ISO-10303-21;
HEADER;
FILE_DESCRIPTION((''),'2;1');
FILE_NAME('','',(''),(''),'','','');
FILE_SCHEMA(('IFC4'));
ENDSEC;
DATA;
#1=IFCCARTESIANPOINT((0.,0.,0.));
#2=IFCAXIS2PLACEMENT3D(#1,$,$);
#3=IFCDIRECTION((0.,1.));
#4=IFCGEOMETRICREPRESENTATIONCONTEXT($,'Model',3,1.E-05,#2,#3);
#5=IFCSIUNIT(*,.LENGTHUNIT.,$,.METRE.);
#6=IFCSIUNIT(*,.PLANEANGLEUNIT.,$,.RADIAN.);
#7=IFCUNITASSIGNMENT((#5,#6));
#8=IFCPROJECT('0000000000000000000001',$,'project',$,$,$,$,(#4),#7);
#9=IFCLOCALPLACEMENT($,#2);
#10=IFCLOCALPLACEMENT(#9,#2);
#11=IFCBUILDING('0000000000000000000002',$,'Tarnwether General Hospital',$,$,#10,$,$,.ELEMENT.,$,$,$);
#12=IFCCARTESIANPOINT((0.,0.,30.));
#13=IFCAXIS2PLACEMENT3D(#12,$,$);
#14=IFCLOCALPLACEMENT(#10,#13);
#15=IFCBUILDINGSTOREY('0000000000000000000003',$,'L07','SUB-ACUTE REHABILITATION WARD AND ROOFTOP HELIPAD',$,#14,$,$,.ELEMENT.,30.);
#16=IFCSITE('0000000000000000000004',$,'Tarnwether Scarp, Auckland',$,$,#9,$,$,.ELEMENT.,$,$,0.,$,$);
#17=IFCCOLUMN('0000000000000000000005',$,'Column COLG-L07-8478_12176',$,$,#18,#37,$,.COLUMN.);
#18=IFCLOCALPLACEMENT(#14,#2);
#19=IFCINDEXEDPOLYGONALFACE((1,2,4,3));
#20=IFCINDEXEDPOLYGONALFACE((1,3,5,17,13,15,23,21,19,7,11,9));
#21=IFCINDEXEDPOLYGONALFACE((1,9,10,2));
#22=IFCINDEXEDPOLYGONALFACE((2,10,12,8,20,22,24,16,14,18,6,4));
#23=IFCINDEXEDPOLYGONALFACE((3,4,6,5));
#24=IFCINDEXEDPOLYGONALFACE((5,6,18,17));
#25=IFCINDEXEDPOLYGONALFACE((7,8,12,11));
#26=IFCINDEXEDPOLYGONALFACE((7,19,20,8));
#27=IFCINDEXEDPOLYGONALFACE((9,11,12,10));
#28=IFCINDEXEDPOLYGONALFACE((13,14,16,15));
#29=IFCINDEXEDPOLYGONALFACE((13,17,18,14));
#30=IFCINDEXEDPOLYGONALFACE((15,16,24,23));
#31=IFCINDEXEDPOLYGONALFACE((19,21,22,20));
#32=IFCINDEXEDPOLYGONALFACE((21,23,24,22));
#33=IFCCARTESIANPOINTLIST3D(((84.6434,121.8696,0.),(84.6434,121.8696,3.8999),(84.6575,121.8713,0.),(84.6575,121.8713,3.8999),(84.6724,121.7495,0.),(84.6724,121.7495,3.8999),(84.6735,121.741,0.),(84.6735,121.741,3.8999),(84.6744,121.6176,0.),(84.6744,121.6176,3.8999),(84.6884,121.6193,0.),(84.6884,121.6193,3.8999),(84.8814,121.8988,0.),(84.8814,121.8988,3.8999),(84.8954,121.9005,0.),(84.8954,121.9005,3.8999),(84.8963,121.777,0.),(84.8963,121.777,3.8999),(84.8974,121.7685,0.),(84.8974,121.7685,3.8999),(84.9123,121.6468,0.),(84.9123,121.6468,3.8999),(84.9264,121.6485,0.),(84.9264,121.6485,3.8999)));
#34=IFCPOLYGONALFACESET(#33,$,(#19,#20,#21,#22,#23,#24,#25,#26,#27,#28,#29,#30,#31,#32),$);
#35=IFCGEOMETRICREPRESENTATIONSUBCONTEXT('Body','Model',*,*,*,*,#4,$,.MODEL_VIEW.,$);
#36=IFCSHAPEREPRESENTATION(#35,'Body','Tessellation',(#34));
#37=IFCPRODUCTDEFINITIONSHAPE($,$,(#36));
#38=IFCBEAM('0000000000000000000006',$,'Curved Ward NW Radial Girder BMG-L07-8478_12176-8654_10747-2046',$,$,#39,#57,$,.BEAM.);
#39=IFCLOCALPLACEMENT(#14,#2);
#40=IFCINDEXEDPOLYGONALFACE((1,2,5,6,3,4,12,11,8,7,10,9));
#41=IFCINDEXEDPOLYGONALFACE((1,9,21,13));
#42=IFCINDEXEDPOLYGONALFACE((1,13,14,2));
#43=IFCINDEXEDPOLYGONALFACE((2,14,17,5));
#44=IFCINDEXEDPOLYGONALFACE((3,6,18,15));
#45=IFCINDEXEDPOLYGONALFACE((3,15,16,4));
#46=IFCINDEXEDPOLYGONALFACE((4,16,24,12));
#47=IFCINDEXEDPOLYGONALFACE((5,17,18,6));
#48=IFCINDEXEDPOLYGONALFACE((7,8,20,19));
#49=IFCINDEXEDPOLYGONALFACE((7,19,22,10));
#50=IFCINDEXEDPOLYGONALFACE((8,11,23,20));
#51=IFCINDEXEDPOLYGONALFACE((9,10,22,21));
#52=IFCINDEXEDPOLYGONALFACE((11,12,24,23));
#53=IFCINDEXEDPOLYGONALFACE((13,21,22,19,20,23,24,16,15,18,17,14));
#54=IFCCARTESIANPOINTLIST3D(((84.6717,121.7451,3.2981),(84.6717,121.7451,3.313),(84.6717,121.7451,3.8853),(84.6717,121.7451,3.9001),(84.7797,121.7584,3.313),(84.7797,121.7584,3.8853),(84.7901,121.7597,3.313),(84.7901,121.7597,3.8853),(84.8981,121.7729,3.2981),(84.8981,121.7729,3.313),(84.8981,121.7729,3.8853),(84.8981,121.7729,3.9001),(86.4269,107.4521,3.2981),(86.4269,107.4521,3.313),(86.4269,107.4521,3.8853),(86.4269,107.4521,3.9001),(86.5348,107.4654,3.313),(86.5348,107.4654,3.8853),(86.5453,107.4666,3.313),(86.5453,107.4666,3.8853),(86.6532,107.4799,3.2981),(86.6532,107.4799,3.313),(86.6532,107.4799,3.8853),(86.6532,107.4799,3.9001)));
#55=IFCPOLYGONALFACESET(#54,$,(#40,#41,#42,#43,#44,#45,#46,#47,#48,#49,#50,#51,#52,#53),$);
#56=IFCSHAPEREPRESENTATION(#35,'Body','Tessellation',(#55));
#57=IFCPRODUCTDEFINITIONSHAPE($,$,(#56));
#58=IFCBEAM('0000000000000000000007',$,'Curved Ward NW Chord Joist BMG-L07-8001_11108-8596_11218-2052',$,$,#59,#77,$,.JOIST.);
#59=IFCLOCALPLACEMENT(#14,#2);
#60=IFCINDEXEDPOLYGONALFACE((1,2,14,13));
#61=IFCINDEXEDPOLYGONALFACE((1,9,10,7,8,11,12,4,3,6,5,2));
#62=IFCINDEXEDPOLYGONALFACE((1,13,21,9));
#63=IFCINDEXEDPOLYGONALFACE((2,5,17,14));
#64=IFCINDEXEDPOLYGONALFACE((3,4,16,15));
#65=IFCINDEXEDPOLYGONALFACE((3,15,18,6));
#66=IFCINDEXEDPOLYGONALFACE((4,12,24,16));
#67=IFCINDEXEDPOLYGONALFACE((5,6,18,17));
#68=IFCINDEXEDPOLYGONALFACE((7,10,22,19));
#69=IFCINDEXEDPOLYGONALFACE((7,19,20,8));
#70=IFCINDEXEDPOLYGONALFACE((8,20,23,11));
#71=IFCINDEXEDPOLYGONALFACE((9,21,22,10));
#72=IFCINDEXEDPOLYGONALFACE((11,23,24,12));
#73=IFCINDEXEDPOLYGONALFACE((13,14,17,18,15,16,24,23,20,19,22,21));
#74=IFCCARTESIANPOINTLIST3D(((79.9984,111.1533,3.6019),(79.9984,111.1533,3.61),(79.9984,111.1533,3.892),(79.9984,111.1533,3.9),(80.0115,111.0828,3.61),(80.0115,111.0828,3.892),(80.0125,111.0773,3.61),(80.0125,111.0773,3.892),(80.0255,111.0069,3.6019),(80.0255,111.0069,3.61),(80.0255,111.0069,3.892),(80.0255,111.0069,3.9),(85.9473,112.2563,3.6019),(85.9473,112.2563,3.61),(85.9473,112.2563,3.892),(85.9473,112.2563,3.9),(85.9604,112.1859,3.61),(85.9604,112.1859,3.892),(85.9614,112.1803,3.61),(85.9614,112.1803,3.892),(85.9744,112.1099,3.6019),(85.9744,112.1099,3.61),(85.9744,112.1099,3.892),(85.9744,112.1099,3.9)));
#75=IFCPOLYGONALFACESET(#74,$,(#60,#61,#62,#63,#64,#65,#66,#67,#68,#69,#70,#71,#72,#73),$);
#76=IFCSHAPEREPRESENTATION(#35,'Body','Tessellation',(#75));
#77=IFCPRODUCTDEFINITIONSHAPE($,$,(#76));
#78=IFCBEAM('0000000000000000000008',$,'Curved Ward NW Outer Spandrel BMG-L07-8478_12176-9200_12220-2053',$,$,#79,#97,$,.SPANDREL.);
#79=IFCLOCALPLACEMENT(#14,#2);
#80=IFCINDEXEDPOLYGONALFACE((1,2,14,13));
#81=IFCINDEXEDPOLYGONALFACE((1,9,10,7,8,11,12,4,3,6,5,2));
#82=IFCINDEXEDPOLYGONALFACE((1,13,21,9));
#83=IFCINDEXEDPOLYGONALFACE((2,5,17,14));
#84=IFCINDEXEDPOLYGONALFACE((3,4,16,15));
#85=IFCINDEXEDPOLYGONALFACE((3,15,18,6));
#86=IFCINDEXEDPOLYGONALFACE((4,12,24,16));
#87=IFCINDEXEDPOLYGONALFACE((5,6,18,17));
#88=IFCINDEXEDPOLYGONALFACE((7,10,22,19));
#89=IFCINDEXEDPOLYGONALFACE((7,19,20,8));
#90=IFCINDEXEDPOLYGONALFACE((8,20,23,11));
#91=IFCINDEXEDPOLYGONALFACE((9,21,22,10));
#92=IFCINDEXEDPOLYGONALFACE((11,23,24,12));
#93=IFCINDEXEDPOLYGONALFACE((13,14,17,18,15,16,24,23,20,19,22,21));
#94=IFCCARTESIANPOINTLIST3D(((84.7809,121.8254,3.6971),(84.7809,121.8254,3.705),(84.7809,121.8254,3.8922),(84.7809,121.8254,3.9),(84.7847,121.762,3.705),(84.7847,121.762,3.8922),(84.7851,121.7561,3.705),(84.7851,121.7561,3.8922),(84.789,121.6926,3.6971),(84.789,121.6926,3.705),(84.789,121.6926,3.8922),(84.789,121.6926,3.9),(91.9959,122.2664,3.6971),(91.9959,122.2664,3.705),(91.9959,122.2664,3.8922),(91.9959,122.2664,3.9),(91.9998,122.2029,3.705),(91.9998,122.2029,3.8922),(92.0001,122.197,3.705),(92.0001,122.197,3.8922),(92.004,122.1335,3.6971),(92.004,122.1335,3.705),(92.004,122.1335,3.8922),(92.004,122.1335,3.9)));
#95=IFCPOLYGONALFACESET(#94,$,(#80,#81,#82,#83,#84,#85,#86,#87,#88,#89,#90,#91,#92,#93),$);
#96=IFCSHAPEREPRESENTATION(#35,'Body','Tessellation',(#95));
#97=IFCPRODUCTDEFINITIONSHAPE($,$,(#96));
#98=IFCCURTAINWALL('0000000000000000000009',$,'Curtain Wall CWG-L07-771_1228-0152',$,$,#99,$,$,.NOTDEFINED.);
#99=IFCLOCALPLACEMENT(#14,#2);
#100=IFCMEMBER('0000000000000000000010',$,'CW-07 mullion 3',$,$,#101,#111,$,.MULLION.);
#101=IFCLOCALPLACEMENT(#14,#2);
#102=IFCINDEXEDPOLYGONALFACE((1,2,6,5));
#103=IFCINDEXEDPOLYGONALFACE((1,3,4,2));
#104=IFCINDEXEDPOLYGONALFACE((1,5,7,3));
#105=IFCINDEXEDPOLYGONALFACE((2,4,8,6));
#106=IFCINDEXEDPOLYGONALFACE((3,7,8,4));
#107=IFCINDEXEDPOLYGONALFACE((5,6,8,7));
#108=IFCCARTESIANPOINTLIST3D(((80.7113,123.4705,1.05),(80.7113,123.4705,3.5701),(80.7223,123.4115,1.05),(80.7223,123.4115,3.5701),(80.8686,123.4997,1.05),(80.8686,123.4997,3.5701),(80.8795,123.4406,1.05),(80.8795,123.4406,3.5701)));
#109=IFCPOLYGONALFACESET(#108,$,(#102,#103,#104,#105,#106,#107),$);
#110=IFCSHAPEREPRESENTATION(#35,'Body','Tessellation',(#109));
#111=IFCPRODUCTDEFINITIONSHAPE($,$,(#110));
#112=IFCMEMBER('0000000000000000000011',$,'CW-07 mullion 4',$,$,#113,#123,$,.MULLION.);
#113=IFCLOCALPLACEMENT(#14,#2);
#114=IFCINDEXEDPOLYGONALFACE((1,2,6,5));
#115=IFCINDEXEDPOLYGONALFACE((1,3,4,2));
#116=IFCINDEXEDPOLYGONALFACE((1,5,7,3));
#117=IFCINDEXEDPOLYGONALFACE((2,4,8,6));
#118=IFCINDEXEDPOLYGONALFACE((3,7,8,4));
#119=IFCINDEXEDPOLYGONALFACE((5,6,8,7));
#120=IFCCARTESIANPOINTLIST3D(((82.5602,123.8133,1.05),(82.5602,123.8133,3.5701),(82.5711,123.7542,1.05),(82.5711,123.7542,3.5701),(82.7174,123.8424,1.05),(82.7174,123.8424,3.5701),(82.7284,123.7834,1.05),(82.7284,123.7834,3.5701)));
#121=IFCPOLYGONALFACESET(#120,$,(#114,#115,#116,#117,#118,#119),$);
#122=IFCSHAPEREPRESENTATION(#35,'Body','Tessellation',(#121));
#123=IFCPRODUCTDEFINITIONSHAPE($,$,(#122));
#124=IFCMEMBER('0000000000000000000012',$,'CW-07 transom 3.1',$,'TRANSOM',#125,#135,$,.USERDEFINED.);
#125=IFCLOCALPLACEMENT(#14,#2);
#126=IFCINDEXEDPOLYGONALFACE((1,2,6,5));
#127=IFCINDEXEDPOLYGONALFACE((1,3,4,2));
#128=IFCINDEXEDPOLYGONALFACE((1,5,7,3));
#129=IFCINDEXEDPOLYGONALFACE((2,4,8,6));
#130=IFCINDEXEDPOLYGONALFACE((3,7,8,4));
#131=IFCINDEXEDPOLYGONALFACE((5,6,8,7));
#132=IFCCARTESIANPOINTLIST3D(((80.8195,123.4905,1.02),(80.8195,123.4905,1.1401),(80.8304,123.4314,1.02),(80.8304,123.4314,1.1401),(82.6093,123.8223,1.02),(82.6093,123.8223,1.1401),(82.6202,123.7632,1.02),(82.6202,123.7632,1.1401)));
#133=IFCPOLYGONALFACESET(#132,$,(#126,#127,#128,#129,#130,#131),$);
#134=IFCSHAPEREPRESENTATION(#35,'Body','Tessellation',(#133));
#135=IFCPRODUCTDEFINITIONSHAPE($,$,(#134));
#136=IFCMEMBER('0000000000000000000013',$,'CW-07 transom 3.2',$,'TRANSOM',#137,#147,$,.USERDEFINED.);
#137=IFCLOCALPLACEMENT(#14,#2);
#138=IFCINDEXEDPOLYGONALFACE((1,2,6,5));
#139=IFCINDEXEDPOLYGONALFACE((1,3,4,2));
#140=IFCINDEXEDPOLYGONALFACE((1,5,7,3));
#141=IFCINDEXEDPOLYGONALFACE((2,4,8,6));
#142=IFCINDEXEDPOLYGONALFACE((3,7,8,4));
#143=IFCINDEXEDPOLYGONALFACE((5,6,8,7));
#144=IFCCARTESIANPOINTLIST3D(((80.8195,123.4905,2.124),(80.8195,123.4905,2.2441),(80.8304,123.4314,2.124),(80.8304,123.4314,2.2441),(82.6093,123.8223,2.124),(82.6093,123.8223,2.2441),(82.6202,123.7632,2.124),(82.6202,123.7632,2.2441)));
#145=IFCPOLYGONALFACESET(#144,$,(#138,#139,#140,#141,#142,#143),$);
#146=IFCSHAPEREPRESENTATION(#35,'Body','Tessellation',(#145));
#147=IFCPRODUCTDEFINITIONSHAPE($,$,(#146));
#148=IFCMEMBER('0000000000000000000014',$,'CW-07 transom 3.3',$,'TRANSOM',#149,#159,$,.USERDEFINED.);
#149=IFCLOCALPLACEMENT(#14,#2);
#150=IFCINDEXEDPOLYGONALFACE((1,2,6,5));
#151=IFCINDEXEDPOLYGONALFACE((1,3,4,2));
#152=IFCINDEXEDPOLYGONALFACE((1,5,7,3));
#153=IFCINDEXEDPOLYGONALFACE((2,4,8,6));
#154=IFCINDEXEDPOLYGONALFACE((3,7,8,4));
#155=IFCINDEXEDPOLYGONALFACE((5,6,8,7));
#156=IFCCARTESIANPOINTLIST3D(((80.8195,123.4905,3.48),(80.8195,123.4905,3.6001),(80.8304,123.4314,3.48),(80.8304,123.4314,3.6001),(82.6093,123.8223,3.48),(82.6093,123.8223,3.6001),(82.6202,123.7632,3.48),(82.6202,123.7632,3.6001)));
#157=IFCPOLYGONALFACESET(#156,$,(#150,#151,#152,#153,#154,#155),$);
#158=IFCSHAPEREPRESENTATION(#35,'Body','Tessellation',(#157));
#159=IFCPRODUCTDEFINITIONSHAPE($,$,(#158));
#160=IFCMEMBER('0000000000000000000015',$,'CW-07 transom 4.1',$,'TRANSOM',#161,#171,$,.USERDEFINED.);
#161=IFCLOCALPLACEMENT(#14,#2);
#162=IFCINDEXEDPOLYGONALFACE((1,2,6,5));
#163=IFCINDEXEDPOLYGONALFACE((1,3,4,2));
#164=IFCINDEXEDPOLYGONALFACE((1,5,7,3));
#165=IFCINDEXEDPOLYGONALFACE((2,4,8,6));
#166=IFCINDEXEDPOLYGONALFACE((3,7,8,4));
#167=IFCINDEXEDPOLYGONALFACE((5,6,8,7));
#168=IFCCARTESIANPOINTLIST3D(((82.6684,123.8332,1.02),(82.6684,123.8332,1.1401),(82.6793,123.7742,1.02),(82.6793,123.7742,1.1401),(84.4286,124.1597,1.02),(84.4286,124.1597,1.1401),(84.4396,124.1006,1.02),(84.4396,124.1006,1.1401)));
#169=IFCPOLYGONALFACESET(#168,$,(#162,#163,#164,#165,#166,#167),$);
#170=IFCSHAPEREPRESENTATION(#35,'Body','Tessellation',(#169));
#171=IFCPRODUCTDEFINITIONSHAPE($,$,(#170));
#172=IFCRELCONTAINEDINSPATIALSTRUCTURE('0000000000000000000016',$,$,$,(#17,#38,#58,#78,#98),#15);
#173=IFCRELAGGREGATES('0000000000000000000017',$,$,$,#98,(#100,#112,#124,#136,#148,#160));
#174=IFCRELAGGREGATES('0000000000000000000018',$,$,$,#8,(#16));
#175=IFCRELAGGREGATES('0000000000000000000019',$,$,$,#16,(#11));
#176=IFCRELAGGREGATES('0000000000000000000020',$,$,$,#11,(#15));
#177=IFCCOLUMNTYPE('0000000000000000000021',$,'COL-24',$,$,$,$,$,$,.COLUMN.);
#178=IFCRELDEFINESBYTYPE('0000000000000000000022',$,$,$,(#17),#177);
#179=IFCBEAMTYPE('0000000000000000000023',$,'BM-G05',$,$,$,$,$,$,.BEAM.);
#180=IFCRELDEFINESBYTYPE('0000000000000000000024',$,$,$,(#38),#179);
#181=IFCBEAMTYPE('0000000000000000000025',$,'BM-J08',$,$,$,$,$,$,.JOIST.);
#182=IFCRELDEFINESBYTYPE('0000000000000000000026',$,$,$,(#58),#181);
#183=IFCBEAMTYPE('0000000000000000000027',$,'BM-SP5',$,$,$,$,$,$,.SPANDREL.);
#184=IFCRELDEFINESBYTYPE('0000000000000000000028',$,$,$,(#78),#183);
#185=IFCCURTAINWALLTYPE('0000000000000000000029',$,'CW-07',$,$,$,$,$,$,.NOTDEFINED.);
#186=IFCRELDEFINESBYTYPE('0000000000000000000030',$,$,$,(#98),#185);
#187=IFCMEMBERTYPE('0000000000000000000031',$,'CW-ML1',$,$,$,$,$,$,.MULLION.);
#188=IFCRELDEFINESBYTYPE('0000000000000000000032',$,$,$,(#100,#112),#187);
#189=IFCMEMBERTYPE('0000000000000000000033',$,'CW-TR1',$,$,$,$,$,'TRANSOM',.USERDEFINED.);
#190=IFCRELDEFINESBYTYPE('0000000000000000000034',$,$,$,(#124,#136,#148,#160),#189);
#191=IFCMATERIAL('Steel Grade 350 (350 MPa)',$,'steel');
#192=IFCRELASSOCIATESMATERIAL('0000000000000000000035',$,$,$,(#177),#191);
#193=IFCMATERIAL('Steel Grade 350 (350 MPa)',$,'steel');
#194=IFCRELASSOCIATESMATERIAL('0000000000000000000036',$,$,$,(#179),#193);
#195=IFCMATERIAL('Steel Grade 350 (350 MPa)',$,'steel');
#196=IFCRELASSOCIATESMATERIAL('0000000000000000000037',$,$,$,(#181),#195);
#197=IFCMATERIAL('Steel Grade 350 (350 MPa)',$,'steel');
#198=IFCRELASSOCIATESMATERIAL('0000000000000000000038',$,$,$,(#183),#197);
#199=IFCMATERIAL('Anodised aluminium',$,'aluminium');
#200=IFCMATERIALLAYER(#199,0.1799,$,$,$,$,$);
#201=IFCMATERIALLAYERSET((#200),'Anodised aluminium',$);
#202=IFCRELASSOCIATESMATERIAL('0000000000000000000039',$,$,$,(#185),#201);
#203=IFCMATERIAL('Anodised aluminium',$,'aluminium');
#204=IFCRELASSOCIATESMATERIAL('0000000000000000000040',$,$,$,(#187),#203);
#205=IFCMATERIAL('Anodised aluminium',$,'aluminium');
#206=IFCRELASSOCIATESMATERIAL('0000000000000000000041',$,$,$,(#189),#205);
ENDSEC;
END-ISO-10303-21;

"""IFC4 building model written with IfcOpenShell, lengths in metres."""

from ifc_helpers import new_model, si_unit, direction, frame, origin, origin_2d, place, context, subcontext, project, spatial, rectangle, i_section, extrude, material, layer, layer_set, material_profile, profile_set, type_object, element, aggregate, save


model = new_model("IFC4")

# Units and contexts
model_context = context("Model", 3, precision=1e-05, world=origin(), true_north=direction((0.0, 1.0)))
body_context = subcontext(model_context, "Body", "Model", "MODEL_VIEW")
ifc_project = project(units=[si_unit("LENGTHUNIT", "METRE"), si_unit("PLANEANGLEUNIT", "RADIAN")], contexts=[model_context])

# Site, building, storey
site_placement = place(None, origin())
site = spatial("IfcSite", under=ifc_project, at=site_placement, Name="Tarnwether Scarp, Auckland", CompositionType="ELEMENT", RefElevation=0.0)
building_placement = place(site_placement, origin())
building = spatial("IfcBuilding", under=site, at=building_placement, Name="Tarnwether General Hospital", CompositionType="ELEMENT")
storey_placement = place(building_placement, frame((0.0, 0.0, 30.0)))
storey = spatial("IfcBuildingStorey", under=building, at=storey_placement, Name="L07", Description="SUB-ACUTE REHABILITATION WARD AND ROOFTOP HELIPAD", CompositionType="ELEMENT", Elevation=30.0)

# Column
ifc_material_1 = material(Name="Steel Grade 350 (350 MPa)", Category="steel")
ifc_material_profile_1 = material_profile(ifc_material_1, i_section(OverallWidth=0.2539, OverallDepth=0.2539, WebThickness=0.0085, FlangeThickness=0.0142, at=origin_2d()), Name="250UC72.9")
ifc_profile_set_1 = profile_set([ifc_material_profile_1], Name="Steel Grade 350 (350 MPa)")
column_type = type_object("IfcColumnType", Name="COL-24", PredefinedType="COLUMN", material=ifc_profile_set_1)
column_placement = place(storey_placement, frame((84.7849, 121.759, 0.0), z_axis=(0.0, 0.0, 1.0), x_axis=(-0.121869, 0.992546, 0.0)))
element("IfcColumn", 1, at=column_placement, inside=storey, type_object=column_type, Name="Column COLG-L07-8478_12176", PredefinedType="COLUMN", context=body_context, shape_type="SweptSolid", body=[
    extrude(i_section(OverallWidth=0.2539, OverallDepth=0.2539, WebThickness=0.0085, FlangeThickness=0.0142, at=origin_2d()), origin(), (0.0, 0.0, 1.0), 3.8999),
])

# Beams
ifc_material_2 = material(Name="Steel Grade 350 (350 MPa)", Category="steel")
ifc_material_profile_2 = material_profile(ifc_material_2, i_section(OverallWidth=0.228, OverallDepth=0.6021, WebThickness=0.0105, FlangeThickness=0.0149, at=origin_2d()), Name="610UB101")
ifc_profile_set_2 = profile_set([ifc_material_profile_2], Name="Steel Grade 350 (350 MPa)")
beam_type_1 = type_object("IfcBeamType", Name="BM-G05", PredefinedType="BEAM", material=ifc_profile_set_2)
beam_1_placement = place(storey_placement, frame((84.7849, 121.759, 3.5991), z_axis=(0.121881, -0.992545, 0.0), x_axis=(0.992545, 0.121881, 0.0)))
element("IfcBeam", 2, at=beam_1_placement, inside=storey, type_object=beam_type_1, Name="Curved Ward NW Radial Girder BMG-L07-8478_12176-8654_10747-2046", PredefinedType="BEAM", context=body_context, shape_type="SweptSolid", body=[
    extrude(i_section(OverallWidth=0.228, OverallDepth=0.6021, WebThickness=0.0105, FlangeThickness=0.0149, at=origin_2d()), origin(), (0.0, 0.0, 1.0), 14.4004),
])
ifc_material_3 = material(Name="Steel Grade 350 (350 MPa)", Category="steel")
ifc_material_profile_3 = material_profile(ifc_material_3, i_section(OverallWidth=0.1489, OverallDepth=0.2981, WebThickness=0.0056, FlangeThickness=0.0081, at=origin_2d()), Name="310UB32.0")
ifc_profile_set_3 = profile_set([ifc_material_profile_3], Name="Steel Grade 350 (350 MPa)")
beam_type_2 = type_object("IfcBeamType", Name="BM-J08", PredefinedType="JOIST", material=ifc_profile_set_3)
beam_2_placement = place(storey_placement, frame((80.012, 111.0801, 3.751), z_axis=(0.983242, 0.182307, 0.0), x_axis=(-0.182307, 0.983242, 0.0)))
element("IfcBeam", 3, at=beam_2_placement, inside=storey, type_object=beam_type_2, Name="Curved Ward NW Chord Joist BMG-L07-8001_11108-8596_11218-2052", PredefinedType="JOIST", context=body_context, shape_type="SweptSolid", body=[
    extrude(i_section(OverallWidth=0.1489, OverallDepth=0.2981, WebThickness=0.0056, FlangeThickness=0.0081, at=origin_2d()), origin(), (0.0, 0.0, 1.0), 6.0503),
])
ifc_material_4 = material(Name="Steel Grade 350 (350 MPa)", Category="steel")
ifc_material_profile_4 = material_profile(ifc_material_4, i_section(OverallWidth=0.1331, OverallDepth=0.2029, WebThickness=0.0059, FlangeThickness=0.0078, at=origin_2d()), Name="200UB25.4")
ifc_profile_set_4 = profile_set([ifc_material_profile_4], Name="Steel Grade 350 (350 MPa)")
beam_type_3 = type_object("IfcBeamType", Name="BM-SP5", PredefinedType="SPANDREL", material=ifc_profile_set_4)
beam_3_placement = place(storey_placement, frame((84.7849, 121.759, 3.7986), z_axis=(0.998138, 0.060997, 0.0), x_axis=(-0.060997, 0.998138, 0.0)))
element("IfcBeam", 4, at=beam_3_placement, inside=storey, type_object=beam_type_3, Name="Curved Ward NW Outer Spandrel BMG-L07-8478_12176-9200_12220-2053", PredefinedType="SPANDREL", context=body_context, shape_type="SweptSolid", body=[
    extrude(i_section(OverallWidth=0.1331, OverallDepth=0.2029, WebThickness=0.0059, FlangeThickness=0.0078, at=origin_2d()), origin(), (0.0, 0.0, 1.0), 7.2285),
])

# Curtain wall, members
ifc_material_5 = material(Name="Anodised aluminium", Category="aluminium")
ifc_layer_1 = layer(ifc_material_5, 0.1799)
ifc_layer_set_1 = layer_set([ifc_layer_1], Name="Anodised aluminium")
curtain_wall_type = type_object("IfcCurtainWallType", Name="CW-07", PredefinedType="NOTDEFINED", material=ifc_layer_set_1)
curtain_wall_placement = place(storey_placement, origin())
curtain_wall = element("IfcCurtainWall", 5, at=curtain_wall_placement, inside=storey, type_object=curtain_wall_type, Name="Curtain Wall CWG-L07-771_1228-0152", PredefinedType="NOTDEFINED")
ifc_material_6 = material(Name="Anodised aluminium", Category="aluminium")
ifc_material_profile_5 = material_profile(ifc_material_6, rectangle(XDim=0.0601, YDim=0.1599, at=origin_2d()), Name="ALU-MUL-60x160")
ifc_profile_set_5 = profile_set([ifc_material_profile_5], Name="Anodised aluminium")
member_type_1 = type_object("IfcMemberType", Name="CW-ML1", PredefinedType="MULLION", material=ifc_profile_set_5)
member_1_placement = place(storey_placement, frame((80.7954, 123.4556, 1.05), z_axis=(0.0, 0.0, 1.0), x_axis=(-0.182289, 0.983245, 0.0)))
member_1 = element("IfcMember", 6, at=member_1_placement, type_object=member_type_1, Name="CW-07 mullion 3", PredefinedType="MULLION", context=body_context, shape_type="SweptSolid", body=[
    extrude(rectangle(XDim=0.0601, YDim=0.1599, at=origin_2d()), origin(), (0.0, 0.0, 1.0), 2.52),
])
member_2_placement = place(storey_placement, frame((82.6443, 123.7983, 1.05), z_axis=(0.0, 0.0, 1.0), x_axis=(-0.182289, 0.983245, 0.0)))
member_2 = element("IfcMember", 7, at=member_2_placement, type_object=member_type_1, Name="CW-07 mullion 4", PredefinedType="MULLION", context=body_context, shape_type="SweptSolid", body=[
    extrude(rectangle(XDim=0.0601, YDim=0.1599, at=origin_2d()), origin(), (0.0, 0.0, 1.0), 2.52),
])
ifc_material_7 = material(Name="Anodised aluminium", Category="aluminium")
ifc_material_profile_6 = material_profile(ifc_material_7, rectangle(XDim=0.0601, YDim=0.1201, at=origin_2d()), Name="ALU-TRN-60x120")
ifc_profile_set_6 = profile_set([ifc_material_profile_6], Name="Anodised aluminium")
member_type_2 = type_object("IfcMemberType", Name="CW-TR1", ElementType="TRANSOM", PredefinedType="USERDEFINED", material=ifc_profile_set_6)
member_3_placement = place(storey_placement, frame((80.825, 123.4609, 1.0801), z_axis=(0.983248, 0.182272, 0.0), x_axis=(-0.182272, 0.983248, 0.0)))
member_3 = element("IfcMember", 8, at=member_3_placement, type_object=member_type_2, Name="CW-07 transom 3.1", ObjectType="TRANSOM", PredefinedType="USERDEFINED", context=body_context, shape_type="SweptSolid", body=[
    extrude(rectangle(XDim=0.0601, YDim=0.1201, at=origin_2d()), origin(), (0.0, 0.0, 1.0), 1.8203),
])
member_4_placement = place(storey_placement, frame((80.825, 123.4609, 2.1841), z_axis=(0.983248, 0.182272, 0.0), x_axis=(-0.182272, 0.983248, 0.0)))
member_4 = element("IfcMember", 9, at=member_4_placement, type_object=member_type_2, Name="CW-07 transom 3.2", ObjectType="TRANSOM", PredefinedType="USERDEFINED", context=body_context, shape_type="SweptSolid", body=[
    extrude(rectangle(XDim=0.0601, YDim=0.1201, at=origin_2d()), origin(), (0.0, 0.0, 1.0), 1.8203),
])
member_5_placement = place(storey_placement, frame((80.825, 123.4609, 3.54), z_axis=(0.983248, 0.182272, 0.0), x_axis=(-0.182272, 0.983248, 0.0)))
member_5 = element("IfcMember", 10, at=member_5_placement, type_object=member_type_2, Name="CW-07 transom 3.3", ObjectType="TRANSOM", PredefinedType="USERDEFINED", context=body_context, shape_type="SweptSolid", body=[
    extrude(rectangle(XDim=0.0601, YDim=0.1201, at=origin_2d()), origin(), (0.0, 0.0, 1.0), 1.8203),
])
member_6_placement = place(storey_placement, frame((82.6738, 123.8037, 1.0801), z_axis=(0.983238, 0.182329, 0.0), x_axis=(-0.182329, 0.983238, 0.0)))
member_6 = element("IfcMember", 11, at=member_6_placement, type_object=member_type_2, Name="CW-07 transom 4.1", ObjectType="TRANSOM", PredefinedType="USERDEFINED", context=body_context, shape_type="SweptSolid", body=[
    extrude(rectangle(XDim=0.0601, YDim=0.1201, at=origin_2d()), origin(), (0.0, 0.0, 1.0), 1.7903),
])
aggregate(curtain_wall, [member_1, member_2, member_3, member_4, member_5, member_6])

save(model, "model.ifc")
